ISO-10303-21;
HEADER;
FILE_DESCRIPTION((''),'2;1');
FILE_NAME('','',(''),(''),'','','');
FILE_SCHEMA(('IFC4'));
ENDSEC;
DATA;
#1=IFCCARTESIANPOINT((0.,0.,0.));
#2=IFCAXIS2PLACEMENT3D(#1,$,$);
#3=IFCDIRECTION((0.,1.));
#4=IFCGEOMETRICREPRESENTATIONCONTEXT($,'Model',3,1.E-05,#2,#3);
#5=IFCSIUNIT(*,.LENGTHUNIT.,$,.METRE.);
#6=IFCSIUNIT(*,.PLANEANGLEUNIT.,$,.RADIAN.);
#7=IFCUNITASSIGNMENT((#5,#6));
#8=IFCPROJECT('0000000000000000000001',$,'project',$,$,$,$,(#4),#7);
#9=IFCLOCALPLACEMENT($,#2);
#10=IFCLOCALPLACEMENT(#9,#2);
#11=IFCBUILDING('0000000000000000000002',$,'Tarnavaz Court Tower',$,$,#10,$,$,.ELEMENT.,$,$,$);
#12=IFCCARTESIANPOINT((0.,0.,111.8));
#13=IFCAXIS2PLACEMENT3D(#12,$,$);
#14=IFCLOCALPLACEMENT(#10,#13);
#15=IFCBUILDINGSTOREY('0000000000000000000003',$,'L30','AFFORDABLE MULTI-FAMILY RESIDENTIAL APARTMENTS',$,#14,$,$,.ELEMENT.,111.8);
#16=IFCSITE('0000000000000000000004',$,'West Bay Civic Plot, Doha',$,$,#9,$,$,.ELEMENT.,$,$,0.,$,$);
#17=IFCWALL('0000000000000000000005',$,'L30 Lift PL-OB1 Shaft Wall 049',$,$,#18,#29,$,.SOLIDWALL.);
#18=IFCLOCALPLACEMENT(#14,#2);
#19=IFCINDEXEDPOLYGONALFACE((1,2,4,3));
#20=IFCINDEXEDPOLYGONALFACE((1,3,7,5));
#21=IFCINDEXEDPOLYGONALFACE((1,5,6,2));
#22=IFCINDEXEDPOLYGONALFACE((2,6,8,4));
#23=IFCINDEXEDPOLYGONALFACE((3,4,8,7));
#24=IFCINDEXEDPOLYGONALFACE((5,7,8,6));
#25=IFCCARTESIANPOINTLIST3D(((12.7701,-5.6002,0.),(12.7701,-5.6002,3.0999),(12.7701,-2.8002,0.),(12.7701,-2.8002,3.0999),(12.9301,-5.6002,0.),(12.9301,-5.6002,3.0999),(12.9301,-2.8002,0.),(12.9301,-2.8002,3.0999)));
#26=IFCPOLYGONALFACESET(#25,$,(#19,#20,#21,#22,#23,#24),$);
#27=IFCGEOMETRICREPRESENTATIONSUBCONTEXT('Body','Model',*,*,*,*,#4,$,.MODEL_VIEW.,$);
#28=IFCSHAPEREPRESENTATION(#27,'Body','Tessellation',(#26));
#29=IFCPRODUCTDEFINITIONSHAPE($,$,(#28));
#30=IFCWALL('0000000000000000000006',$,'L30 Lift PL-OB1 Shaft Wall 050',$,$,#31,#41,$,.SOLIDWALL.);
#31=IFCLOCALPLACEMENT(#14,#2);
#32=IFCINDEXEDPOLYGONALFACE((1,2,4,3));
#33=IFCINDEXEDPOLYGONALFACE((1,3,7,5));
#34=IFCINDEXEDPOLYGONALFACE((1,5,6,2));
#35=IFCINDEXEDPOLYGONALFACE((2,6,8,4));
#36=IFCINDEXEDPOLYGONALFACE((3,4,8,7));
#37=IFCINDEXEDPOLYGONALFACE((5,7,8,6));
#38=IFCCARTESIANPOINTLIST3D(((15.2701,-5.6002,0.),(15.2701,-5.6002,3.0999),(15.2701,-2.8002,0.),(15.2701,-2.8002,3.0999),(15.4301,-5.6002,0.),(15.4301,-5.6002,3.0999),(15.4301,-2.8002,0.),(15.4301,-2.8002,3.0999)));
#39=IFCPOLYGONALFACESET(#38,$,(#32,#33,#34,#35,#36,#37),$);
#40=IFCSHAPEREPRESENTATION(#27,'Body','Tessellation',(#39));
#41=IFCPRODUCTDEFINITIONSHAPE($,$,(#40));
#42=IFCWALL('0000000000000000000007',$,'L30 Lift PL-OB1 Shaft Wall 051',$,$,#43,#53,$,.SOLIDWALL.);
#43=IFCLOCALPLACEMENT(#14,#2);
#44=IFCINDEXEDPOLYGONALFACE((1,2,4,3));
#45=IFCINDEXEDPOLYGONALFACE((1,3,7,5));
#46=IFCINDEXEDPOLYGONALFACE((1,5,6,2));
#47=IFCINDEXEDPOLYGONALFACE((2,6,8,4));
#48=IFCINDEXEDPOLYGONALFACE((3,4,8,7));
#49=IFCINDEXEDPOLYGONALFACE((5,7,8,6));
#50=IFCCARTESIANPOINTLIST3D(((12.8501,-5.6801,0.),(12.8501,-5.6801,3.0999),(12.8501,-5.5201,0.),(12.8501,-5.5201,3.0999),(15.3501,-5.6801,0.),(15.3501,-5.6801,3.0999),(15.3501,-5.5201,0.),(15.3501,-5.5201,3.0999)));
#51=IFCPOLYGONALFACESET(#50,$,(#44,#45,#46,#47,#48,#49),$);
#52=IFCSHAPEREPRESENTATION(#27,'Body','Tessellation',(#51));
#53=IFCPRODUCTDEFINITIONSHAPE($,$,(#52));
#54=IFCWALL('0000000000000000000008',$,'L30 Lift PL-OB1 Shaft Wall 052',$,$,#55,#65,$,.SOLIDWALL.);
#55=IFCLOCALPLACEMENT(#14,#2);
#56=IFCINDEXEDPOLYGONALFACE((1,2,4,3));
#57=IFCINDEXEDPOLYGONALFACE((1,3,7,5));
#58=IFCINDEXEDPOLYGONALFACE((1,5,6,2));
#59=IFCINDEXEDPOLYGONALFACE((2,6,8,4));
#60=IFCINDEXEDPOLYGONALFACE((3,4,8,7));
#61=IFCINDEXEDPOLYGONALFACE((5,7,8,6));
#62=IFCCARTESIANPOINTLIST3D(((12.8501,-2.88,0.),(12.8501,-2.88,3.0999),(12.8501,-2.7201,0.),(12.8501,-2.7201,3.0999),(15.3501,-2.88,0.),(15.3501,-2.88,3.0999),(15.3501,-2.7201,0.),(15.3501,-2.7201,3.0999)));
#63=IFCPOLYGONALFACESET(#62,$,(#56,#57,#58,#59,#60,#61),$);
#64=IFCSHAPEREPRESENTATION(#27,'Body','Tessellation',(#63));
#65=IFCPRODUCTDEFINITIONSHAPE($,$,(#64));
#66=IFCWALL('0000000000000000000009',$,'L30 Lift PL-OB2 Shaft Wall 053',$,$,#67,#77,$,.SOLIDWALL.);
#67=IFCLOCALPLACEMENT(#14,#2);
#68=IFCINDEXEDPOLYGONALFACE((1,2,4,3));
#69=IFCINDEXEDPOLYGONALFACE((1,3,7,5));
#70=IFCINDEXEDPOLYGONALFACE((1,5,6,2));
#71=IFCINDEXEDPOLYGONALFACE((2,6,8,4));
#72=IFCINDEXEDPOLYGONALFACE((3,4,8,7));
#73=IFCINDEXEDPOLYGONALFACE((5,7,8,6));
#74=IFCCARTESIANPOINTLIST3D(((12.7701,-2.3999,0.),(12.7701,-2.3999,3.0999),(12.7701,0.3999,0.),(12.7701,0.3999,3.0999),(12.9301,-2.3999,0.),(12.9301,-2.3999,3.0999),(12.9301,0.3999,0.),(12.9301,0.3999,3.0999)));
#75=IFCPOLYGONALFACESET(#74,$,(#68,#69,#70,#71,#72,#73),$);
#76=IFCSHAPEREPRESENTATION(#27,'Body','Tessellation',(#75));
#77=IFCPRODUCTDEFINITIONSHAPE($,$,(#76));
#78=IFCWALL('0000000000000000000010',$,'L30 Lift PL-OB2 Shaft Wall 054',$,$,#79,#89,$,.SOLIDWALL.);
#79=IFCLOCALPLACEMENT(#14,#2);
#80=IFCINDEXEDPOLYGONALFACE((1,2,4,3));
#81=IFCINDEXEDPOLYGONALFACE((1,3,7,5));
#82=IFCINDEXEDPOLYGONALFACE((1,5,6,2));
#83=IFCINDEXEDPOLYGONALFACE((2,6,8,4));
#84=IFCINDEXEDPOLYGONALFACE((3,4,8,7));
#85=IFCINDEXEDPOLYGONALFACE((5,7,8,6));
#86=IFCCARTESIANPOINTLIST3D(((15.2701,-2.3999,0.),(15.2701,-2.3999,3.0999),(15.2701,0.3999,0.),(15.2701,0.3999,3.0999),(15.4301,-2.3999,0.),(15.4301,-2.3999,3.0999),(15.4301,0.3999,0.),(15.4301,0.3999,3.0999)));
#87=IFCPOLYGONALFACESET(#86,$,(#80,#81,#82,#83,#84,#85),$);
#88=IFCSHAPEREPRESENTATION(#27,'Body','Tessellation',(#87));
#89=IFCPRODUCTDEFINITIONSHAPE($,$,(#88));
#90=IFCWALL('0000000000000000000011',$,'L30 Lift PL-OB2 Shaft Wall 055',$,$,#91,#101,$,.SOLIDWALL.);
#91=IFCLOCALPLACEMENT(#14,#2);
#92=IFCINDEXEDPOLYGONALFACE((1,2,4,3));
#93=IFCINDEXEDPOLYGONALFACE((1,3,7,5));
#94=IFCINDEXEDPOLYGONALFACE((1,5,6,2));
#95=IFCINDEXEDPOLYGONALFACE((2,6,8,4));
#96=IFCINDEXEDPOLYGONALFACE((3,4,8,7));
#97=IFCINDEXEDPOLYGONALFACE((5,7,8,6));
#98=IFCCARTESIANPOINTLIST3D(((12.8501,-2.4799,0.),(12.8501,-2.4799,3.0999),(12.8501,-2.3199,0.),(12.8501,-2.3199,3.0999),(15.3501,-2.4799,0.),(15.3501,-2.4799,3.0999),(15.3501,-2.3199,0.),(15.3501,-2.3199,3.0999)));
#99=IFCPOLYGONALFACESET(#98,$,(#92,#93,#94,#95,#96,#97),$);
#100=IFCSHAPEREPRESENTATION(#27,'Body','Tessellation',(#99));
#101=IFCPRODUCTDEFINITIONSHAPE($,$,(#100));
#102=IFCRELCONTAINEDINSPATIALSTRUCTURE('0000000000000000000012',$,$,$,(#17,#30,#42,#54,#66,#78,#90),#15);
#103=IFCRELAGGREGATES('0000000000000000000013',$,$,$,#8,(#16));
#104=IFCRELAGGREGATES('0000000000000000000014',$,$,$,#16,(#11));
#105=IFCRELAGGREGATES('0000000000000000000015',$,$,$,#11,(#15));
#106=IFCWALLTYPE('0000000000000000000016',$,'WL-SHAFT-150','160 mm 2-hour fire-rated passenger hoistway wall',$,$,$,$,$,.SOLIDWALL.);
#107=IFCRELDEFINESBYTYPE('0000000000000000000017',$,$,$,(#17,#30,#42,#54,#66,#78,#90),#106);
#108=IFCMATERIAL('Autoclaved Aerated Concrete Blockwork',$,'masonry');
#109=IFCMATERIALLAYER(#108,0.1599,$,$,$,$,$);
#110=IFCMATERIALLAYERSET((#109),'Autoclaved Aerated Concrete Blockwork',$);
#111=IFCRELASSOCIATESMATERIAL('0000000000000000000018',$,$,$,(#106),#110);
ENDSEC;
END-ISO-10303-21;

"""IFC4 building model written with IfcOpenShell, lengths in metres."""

from ifc_helpers import new_model, si_unit, direction, frame, frame_2d, origin, place, context, subcontext, project, spatial, rectangle, extrude, material, layer, layer_set, type_object, element, save


model = new_model("IFC4")

# Units and contexts
model_context = context("Model", 3, precision=1e-05, world=origin(), true_north=direction((0.0, 1.0)))
body_context = subcontext(model_context, "Body", "Model", "MODEL_VIEW")
ifc_project = project(units=[si_unit("LENGTHUNIT", "METRE"), si_unit("PLANEANGLEUNIT", "RADIAN")], contexts=[model_context])

# Site, building, storey
site_placement = place(None, origin())
site = spatial("IfcSite", under=ifc_project, at=site_placement, Name="West Bay Civic Plot, Doha", CompositionType="ELEMENT", RefElevation=0.0)
building_placement = place(site_placement, origin())
building = spatial("IfcBuilding", under=site, at=building_placement, Name="Tarnavaz Court Tower", CompositionType="ELEMENT")
storey_placement = place(building_placement, frame((0.0, 0.0, 111.8)))
storey = spatial("IfcBuildingStorey", under=building, at=storey_placement, Name="L30", Description="AFFORDABLE MULTI-FAMILY RESIDENTIAL APARTMENTS", CompositionType="ELEMENT", Elevation=111.8)

# Walls
ifc_material_1 = material(Name="Autoclaved Aerated Concrete Blockwork", Category="masonry")
ifc_layer_1 = layer(ifc_material_1, 0.1599)
ifc_layer_set_1 = layer_set([ifc_layer_1], Name="Autoclaved Aerated Concrete Blockwork")
wall_type_1 = type_object("IfcWallType", Name="WL-SHAFT-150", Description="160 mm 2-hour fire-rated passenger hoistway wall", PredefinedType="SOLIDWALL", material=ifc_layer_set_1)
for number, where, z_axis, x_axis, name in (
    (1, (12.8501, -5.6001, 0.0), (0.0, 0.0, 1.0), (0.0, 1.0, 0.0), "L30 Lift PL-OB1 Shaft Wall 049"),
    (2, (15.3501, -5.6001, 0.0), (0.0, 0.0, 1.0), (0.0, 1.0, 0.0), "L30 Lift PL-OB1 Shaft Wall 050"),
):
    element("IfcWall", number, at=place(storey_placement, frame(where, z_axis=z_axis, x_axis=x_axis)), inside=storey, type_object=wall_type_1, Name=name, PredefinedType="SOLIDWALL", context=body_context, shape_type="SweptSolid", body=[
        extrude(rectangle(XDim=2.8, YDim=0.1599, at=frame_2d((1.3999, 0.0))), origin(), (0.0, 0.0, 1.0), 3.0999),
    ])
for number, where, z_axis, x_axis, name in (
    (3, (12.8501, -5.6001, 0.0), (0.0, 0.0, 1.0), (1.0, 0.0, 0.0), "L30 Lift PL-OB1 Shaft Wall 051"),
    (4, (12.8501, -2.8, 0.0), (0.0, 0.0, 1.0), (1.0, 0.0, 0.0), "L30 Lift PL-OB1 Shaft Wall 052"),
):
    element("IfcWall", number, at=place(storey_placement, frame(where, z_axis=z_axis, x_axis=x_axis)), inside=storey, type_object=wall_type_1, Name=name, PredefinedType="SOLIDWALL", context=body_context, shape_type="SweptSolid", body=[
        extrude(rectangle(XDim=2.5, YDim=0.1599, at=frame_2d((1.25, 0.0))), origin(), (0.0, 0.0, 1.0), 3.0999),
    ])
for number, where, z_axis, x_axis, name in (
    (5, (12.8501, -2.3999, 0.0), (0.0, 0.0, 1.0), (0.0, 1.0, 0.0), "L30 Lift PL-OB2 Shaft Wall 053"),
    (6, (15.3501, -2.3999, 0.0), (0.0, 0.0, 1.0), (0.0, 1.0, 0.0), "L30 Lift PL-OB2 Shaft Wall 054"),
):
    element("IfcWall", number, at=place(storey_placement, frame(where, z_axis=z_axis, x_axis=x_axis)), inside=storey, type_object=wall_type_1, Name=name, PredefinedType="SOLIDWALL", context=body_context, shape_type="SweptSolid", body=[
        extrude(rectangle(XDim=2.7998, YDim=0.1599, at=frame_2d((1.3999, 0.0))), origin(), (0.0, 0.0, 1.0), 3.0999),
    ])
wall_1_placement = place(storey_placement, frame((12.8501, -2.3999, 0.0), z_axis=(0.0, 0.0, 1.0), x_axis=(1.0, 0.0, 0.0)))
element("IfcWall", 7, at=wall_1_placement, inside=storey, type_object=wall_type_1, Name="L30 Lift PL-OB2 Shaft Wall 055", PredefinedType="SOLIDWALL", context=body_context, shape_type="SweptSolid", body=[
    extrude(rectangle(XDim=2.5, YDim=0.1599, at=frame_2d((1.25, 0.0))), origin(), (0.0, 0.0, 1.0), 3.0999),
])

save(model, "model.ifc")
